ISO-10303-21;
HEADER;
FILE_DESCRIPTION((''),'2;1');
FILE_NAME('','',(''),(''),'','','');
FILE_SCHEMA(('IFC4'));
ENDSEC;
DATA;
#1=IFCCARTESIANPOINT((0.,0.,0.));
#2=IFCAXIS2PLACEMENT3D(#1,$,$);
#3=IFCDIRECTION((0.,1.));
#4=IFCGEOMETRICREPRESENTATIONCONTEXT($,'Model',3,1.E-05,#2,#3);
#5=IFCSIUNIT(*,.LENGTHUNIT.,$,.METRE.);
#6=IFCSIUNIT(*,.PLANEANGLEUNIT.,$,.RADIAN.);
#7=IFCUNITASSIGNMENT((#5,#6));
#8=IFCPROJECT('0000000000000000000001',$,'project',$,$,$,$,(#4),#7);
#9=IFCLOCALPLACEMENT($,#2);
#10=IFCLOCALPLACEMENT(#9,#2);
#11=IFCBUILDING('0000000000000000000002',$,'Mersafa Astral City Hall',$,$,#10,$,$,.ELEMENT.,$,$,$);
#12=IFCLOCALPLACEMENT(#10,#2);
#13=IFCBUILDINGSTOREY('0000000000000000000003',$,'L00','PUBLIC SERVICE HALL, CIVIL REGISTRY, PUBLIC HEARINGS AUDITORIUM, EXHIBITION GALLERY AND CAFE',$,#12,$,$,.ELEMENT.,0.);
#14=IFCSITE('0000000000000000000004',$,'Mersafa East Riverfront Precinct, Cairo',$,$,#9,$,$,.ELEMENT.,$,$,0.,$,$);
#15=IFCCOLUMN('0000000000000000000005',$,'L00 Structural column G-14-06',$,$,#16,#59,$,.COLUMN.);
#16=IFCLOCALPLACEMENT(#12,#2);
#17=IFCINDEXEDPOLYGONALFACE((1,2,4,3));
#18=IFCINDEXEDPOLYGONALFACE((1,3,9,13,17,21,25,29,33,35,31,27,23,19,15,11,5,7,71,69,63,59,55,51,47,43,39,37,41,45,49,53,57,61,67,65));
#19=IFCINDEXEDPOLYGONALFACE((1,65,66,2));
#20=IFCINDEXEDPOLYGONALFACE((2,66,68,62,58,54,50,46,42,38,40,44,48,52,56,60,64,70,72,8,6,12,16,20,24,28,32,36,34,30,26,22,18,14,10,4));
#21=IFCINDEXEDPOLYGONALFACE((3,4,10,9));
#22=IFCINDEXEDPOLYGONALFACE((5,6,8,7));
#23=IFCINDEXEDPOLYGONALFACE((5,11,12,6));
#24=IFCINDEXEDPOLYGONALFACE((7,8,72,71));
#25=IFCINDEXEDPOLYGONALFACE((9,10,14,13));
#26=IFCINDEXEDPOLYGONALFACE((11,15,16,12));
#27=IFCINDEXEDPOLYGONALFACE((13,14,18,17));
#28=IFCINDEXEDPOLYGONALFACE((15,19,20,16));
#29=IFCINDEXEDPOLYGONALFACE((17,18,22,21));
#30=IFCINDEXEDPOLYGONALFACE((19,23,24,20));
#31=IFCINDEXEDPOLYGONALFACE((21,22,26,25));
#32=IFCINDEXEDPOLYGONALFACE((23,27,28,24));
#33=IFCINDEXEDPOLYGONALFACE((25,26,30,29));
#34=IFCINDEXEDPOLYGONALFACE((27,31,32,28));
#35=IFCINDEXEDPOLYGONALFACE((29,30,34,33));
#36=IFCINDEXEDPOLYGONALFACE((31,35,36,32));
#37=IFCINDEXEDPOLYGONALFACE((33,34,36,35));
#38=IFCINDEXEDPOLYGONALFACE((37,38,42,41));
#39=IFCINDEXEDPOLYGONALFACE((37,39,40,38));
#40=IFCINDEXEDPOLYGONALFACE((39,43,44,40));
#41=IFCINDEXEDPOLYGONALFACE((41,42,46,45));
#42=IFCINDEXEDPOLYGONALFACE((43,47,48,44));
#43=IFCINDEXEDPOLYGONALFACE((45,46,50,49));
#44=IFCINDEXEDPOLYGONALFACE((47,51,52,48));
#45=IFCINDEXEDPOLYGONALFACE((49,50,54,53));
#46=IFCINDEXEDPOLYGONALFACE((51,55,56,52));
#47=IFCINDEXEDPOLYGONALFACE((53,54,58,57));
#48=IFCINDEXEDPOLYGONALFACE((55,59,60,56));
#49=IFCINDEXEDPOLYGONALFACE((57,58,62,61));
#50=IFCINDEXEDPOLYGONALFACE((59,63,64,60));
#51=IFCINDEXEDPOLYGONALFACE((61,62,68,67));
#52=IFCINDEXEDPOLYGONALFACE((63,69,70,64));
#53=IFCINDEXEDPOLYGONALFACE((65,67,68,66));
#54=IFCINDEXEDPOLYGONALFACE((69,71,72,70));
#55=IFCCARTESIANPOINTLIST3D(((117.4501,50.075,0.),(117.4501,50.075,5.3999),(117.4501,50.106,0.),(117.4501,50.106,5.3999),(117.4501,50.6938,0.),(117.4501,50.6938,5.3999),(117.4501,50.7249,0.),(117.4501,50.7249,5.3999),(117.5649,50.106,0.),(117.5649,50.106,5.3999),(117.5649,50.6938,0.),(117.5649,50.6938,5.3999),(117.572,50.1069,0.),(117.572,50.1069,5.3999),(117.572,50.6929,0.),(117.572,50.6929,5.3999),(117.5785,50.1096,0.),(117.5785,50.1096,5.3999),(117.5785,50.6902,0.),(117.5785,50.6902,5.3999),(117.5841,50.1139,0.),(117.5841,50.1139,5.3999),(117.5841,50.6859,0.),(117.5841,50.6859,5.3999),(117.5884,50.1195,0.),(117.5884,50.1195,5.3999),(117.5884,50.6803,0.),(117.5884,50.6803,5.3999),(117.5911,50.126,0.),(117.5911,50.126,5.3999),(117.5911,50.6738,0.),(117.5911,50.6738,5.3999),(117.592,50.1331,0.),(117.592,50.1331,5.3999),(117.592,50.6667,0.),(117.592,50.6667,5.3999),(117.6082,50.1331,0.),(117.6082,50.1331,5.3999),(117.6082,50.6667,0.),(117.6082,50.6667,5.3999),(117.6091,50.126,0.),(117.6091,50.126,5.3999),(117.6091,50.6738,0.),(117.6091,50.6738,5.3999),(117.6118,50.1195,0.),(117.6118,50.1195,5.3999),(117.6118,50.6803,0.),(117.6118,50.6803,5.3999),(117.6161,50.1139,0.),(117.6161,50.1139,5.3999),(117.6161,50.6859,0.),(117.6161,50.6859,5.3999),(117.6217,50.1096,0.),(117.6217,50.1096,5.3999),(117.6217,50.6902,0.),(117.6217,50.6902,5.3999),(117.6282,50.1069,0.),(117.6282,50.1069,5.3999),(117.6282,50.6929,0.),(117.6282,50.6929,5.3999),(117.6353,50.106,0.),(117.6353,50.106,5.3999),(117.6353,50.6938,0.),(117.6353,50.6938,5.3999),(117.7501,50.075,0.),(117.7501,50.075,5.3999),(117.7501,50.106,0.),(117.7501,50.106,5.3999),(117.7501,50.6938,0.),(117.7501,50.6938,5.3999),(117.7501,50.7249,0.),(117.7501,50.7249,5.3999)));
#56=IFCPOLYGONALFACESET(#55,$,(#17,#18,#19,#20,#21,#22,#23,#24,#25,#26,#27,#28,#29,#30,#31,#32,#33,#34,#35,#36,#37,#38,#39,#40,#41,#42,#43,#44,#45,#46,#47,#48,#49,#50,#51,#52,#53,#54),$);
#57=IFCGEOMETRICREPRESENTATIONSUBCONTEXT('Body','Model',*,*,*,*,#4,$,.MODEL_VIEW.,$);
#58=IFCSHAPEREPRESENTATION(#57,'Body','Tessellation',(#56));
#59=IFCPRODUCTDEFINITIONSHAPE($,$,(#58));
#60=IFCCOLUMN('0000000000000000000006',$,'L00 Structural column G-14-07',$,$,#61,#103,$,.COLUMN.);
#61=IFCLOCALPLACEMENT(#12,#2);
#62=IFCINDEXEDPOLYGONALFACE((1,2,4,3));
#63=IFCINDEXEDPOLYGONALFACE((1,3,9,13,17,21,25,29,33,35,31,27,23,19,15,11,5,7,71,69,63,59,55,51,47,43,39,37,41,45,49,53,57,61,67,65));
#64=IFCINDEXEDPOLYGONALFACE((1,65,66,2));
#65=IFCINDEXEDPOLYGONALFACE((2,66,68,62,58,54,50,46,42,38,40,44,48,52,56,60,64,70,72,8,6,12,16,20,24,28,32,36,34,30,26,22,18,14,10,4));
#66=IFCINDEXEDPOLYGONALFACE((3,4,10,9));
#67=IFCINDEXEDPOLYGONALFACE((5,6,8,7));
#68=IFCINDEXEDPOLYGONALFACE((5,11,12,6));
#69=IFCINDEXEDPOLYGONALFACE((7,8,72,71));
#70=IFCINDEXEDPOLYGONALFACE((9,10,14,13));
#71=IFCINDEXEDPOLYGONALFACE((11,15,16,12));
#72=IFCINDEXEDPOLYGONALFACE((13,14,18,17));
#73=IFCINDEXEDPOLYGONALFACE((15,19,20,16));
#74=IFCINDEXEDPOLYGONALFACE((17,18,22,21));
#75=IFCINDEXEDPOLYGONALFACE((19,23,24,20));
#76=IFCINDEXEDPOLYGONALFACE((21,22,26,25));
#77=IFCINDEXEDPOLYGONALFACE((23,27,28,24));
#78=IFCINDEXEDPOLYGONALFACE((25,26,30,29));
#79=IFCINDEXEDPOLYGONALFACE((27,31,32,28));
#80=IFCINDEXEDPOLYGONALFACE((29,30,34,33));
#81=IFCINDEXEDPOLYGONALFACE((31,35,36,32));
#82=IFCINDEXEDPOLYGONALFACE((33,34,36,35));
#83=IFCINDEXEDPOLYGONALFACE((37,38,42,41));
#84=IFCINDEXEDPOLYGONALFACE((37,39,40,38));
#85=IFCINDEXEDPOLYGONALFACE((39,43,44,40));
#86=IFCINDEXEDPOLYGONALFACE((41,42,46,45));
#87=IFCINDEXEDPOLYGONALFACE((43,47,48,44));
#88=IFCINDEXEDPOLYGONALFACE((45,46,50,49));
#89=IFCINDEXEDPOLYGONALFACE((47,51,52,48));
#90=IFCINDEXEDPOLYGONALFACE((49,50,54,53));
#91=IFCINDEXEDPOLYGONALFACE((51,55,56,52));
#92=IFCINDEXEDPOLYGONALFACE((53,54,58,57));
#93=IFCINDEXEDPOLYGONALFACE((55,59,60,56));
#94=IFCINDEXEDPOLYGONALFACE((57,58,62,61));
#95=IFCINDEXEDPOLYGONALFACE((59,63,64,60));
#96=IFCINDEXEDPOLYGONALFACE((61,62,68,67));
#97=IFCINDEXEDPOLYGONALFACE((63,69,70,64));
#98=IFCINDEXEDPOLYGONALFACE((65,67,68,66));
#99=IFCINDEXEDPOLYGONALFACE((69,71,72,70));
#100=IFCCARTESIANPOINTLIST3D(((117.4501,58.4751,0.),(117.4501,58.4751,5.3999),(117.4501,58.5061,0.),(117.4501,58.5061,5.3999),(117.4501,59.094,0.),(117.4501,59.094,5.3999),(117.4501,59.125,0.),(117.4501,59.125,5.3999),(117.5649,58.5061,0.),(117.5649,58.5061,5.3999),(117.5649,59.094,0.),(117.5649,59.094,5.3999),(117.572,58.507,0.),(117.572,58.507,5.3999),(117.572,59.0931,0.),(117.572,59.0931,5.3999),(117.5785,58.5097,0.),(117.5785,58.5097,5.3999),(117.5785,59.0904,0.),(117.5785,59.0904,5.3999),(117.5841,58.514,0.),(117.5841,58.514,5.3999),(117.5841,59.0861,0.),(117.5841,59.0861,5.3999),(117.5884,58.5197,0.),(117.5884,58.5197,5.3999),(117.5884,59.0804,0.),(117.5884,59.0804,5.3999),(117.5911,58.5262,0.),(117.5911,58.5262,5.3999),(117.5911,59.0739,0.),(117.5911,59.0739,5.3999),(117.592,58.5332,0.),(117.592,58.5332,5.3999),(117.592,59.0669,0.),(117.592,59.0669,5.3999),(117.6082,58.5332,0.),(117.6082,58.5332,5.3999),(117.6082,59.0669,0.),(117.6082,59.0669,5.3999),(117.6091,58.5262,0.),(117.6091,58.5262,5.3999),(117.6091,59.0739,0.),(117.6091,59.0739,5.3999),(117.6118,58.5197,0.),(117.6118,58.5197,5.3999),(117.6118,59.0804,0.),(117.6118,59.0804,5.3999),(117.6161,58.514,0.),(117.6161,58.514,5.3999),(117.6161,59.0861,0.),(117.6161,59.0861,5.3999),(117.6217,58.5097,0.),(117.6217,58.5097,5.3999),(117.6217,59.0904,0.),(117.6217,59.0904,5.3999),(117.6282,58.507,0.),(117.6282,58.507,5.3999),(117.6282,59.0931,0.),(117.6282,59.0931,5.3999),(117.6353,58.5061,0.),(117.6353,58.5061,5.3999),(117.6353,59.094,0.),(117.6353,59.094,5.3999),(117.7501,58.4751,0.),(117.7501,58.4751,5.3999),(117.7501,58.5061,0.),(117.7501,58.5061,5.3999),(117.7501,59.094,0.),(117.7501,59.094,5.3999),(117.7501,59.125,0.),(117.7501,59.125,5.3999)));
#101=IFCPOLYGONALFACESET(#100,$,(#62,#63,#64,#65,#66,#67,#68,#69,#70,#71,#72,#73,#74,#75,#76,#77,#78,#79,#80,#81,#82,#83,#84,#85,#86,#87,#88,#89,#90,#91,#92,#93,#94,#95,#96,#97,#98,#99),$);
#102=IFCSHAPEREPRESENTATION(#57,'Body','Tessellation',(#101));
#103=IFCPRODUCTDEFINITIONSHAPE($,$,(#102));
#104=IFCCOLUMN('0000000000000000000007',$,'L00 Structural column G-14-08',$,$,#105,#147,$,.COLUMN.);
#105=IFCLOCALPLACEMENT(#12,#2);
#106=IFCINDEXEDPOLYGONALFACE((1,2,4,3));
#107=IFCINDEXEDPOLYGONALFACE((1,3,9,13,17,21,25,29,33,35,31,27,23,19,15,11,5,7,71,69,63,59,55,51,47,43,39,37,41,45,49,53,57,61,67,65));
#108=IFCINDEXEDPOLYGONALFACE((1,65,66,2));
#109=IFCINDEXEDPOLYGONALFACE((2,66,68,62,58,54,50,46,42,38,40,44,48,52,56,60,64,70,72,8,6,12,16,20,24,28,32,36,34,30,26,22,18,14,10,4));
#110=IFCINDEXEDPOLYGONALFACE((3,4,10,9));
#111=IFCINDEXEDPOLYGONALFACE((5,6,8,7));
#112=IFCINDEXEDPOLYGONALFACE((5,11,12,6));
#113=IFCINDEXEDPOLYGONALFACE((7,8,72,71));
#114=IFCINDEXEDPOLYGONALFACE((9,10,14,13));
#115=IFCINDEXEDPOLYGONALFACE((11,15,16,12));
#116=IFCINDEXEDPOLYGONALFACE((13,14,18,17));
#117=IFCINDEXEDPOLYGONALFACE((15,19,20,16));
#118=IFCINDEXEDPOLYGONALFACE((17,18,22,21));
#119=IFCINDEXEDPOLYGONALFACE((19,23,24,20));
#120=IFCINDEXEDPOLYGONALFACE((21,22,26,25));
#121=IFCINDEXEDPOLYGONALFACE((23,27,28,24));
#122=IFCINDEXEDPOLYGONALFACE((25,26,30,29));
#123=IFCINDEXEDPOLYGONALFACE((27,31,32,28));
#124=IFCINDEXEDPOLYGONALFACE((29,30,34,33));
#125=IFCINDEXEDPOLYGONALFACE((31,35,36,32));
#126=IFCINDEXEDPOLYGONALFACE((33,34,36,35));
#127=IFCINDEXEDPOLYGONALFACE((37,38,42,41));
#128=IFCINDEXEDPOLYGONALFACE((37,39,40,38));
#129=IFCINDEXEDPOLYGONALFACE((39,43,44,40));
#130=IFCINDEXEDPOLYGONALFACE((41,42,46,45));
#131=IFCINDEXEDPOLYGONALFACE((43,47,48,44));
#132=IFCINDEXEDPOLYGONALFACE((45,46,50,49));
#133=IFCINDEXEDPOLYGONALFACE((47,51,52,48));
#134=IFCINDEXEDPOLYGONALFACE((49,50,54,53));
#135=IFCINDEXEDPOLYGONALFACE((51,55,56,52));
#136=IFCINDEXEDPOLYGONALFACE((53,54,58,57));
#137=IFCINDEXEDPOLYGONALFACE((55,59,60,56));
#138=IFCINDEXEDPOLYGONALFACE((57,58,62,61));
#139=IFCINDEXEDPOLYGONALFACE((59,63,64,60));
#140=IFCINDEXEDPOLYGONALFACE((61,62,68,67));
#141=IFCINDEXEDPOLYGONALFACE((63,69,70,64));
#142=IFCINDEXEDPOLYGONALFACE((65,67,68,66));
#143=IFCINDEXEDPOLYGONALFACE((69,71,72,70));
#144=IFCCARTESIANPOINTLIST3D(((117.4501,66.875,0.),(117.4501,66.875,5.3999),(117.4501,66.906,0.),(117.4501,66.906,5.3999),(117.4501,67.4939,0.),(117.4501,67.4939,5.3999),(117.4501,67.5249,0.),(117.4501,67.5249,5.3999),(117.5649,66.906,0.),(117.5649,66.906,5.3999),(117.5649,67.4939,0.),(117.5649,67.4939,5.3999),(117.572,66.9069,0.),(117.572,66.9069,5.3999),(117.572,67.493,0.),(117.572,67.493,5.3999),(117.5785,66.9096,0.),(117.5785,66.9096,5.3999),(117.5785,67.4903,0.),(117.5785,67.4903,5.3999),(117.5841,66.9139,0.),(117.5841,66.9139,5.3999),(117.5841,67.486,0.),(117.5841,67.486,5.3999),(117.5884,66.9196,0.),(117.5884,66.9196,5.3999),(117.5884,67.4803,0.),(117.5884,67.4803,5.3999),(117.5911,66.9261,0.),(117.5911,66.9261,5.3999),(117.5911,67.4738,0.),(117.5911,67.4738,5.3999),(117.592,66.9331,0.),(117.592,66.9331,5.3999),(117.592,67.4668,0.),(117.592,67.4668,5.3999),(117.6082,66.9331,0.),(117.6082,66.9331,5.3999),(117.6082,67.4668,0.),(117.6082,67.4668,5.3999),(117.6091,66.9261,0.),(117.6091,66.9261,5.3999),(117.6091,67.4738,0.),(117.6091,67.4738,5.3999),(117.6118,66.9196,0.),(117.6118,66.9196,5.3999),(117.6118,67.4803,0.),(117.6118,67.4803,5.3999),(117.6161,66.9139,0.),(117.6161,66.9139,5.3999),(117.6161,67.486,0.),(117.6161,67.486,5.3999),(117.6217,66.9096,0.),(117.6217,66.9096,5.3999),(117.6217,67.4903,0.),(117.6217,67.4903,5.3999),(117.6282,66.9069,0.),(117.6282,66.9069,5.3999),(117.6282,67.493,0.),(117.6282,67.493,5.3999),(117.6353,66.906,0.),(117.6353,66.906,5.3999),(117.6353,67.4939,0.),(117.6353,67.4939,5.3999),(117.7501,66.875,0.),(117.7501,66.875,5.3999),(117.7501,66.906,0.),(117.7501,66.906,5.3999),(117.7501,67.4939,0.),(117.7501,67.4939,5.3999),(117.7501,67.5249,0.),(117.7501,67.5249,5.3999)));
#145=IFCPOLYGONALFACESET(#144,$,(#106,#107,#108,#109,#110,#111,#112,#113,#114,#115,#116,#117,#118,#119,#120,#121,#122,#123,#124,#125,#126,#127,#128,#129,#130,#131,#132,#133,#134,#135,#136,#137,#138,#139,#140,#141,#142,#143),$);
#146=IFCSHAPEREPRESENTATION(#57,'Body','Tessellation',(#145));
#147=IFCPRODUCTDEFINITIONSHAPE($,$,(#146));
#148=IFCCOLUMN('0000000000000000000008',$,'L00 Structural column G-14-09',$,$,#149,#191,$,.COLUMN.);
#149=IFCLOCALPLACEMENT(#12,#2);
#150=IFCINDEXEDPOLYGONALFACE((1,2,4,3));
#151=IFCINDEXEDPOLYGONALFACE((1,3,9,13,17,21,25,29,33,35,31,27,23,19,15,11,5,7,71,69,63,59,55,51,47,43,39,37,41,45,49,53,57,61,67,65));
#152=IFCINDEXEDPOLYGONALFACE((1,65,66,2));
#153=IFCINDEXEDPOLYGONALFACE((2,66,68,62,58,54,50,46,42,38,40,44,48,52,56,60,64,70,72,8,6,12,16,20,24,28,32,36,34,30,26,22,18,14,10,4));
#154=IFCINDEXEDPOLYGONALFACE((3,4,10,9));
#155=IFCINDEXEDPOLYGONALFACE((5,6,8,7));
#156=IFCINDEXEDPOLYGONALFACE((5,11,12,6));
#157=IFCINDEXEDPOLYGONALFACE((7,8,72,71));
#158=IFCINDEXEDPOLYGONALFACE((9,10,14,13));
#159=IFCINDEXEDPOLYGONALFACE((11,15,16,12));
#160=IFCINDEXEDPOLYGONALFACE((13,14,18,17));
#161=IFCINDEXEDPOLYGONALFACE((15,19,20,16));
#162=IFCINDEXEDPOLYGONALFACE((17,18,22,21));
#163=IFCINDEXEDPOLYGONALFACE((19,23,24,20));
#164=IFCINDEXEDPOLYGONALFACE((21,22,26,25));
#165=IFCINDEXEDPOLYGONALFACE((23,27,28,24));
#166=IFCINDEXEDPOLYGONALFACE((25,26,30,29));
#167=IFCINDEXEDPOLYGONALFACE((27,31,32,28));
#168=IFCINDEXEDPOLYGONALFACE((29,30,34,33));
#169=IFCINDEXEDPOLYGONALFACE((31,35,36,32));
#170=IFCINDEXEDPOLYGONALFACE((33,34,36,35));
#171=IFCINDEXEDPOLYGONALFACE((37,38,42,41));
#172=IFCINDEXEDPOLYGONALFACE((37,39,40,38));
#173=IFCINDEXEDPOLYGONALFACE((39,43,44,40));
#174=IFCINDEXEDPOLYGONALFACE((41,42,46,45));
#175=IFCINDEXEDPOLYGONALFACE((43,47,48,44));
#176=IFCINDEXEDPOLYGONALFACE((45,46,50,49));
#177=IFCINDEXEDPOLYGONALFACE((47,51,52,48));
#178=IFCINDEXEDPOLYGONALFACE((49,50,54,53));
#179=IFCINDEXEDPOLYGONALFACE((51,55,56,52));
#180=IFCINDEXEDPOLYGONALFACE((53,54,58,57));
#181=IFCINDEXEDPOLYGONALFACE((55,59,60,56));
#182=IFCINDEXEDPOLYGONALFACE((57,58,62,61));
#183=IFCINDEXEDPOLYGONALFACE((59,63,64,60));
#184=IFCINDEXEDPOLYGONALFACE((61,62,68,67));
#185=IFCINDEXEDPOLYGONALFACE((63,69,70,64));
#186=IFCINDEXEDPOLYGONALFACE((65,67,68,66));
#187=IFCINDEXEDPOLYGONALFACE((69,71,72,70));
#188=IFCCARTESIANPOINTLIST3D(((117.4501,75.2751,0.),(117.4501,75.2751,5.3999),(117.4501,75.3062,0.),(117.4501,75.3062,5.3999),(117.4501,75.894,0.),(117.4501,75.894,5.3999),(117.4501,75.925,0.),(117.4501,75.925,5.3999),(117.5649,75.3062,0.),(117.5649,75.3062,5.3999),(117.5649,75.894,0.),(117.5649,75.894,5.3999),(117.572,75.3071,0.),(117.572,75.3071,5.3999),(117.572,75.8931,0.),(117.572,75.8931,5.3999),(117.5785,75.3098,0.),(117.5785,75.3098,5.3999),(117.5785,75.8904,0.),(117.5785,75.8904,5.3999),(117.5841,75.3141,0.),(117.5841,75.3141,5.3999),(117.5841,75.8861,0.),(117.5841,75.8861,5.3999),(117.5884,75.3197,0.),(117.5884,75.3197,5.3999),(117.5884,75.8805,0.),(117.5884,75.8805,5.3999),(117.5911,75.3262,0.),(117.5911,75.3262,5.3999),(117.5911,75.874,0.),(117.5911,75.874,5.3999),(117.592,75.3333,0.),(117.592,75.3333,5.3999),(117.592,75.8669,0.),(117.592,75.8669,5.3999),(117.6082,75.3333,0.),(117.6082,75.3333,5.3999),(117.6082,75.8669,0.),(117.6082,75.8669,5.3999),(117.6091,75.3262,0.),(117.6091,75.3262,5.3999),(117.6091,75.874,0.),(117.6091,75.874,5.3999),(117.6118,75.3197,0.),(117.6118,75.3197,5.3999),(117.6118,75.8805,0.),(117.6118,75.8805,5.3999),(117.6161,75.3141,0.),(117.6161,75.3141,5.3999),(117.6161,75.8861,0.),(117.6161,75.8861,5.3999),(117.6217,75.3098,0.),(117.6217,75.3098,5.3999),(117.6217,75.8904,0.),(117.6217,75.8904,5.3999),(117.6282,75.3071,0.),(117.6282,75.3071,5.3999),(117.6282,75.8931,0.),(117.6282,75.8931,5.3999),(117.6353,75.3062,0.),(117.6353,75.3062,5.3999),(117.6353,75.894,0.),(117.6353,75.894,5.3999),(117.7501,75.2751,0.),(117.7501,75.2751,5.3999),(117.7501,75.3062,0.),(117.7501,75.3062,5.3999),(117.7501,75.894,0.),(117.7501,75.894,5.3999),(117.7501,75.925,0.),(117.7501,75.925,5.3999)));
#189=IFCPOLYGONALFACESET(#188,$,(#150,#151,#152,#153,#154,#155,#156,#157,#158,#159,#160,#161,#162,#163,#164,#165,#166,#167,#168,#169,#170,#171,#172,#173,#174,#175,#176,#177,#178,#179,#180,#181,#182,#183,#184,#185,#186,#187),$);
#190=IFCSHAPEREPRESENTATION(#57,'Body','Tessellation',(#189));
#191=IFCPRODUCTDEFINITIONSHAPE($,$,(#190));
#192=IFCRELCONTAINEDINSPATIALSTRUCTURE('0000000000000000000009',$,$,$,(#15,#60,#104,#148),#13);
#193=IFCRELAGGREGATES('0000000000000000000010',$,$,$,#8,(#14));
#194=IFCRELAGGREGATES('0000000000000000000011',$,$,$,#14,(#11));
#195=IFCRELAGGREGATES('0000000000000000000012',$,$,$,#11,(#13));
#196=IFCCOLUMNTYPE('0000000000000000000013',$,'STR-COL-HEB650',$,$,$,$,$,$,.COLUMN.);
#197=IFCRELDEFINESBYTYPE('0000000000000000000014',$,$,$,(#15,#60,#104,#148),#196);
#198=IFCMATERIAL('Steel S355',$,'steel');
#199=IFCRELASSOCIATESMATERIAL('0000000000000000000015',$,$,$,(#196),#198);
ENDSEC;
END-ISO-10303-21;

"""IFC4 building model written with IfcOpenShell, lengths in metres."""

from ifc_helpers import new_model, si_unit, direction, frame, origin, origin_2d, place, context, subcontext, project, spatial, i_section, extrude, material, material_profile, profile_set, type_object, element, save


model = new_model("IFC4")

# Units and contexts
model_context = context("Model", 3, precision=1e-05, world=origin(), true_north=direction((0.0, 1.0)))
body_context = subcontext(model_context, "Body", "Model", "MODEL_VIEW")
ifc_project = project(units=[si_unit("LENGTHUNIT", "METRE"), si_unit("PLANEANGLEUNIT", "RADIAN")], contexts=[model_context])

# Site, building, storey
site_placement = place(None, origin())
site = spatial("IfcSite", under=ifc_project, at=site_placement, Name="Mersafa East Riverfront Precinct, Cairo", CompositionType="ELEMENT", RefElevation=0.0)
building_placement = place(site_placement, origin())
building = spatial("IfcBuilding", under=site, at=building_placement, Name="Mersafa Astral City Hall", CompositionType="ELEMENT")
storey_placement = place(building_placement, origin())
storey = spatial("IfcBuildingStorey", under=building, at=storey_placement, Name="L00", Description="PUBLIC SERVICE HALL, CIVIL REGISTRY, PUBLIC HEARINGS AUDITORIUM, EXHIBITION GALLERY AND CAFE", CompositionType="ELEMENT", Elevation=0.0)

# Columns
ifc_material_1 = material(Name="Steel S355", Category="steel")
ifc_material_profile_1 = material_profile(ifc_material_1, i_section(OverallWidth=0.3, OverallDepth=0.6499, WebThickness=0.0161, FlangeThickness=0.031, FilletRadius=0.0271, at=origin_2d()), Name="HEB 650")
ifc_profile_set_1 = profile_set([ifc_material_profile_1], Name="Steel S355")
column_type = type_object("IfcColumnType", Name="STR-COL-HEB650", PredefinedType="COLUMN", material=ifc_profile_set_1)
for number, where, z_axis, x_axis, name in (
    (1, (117.6001, 50.3999, 0.0), (0.0, 0.0, 1.0), (1.0, 0.0, 0.0), "L00 Structural column G-14-06"),
    (2, (117.6001, 58.8, 0.0), (0.0, 0.0, 1.0), (1.0, 0.0, 0.0), "L00 Structural column G-14-07"),
    (3, (117.6001, 67.2, 0.0), (0.0, 0.0, 1.0), (1.0, 0.0, 0.0), "L00 Structural column G-14-08"),
    (4, (117.6001, 75.6001, 0.0), (0.0, 0.0, 1.0), (1.0, 0.0, 0.0), "L00 Structural column G-14-09"),
):
    element("IfcColumn", number, at=place(storey_placement, frame(where, z_axis=z_axis, x_axis=x_axis)), inside=storey, type_object=column_type, Name=name, PredefinedType="COLUMN", context=body_context, shape_type="SweptSolid", body=[
        extrude(i_section(OverallWidth=0.3, OverallDepth=0.6499, WebThickness=0.0161, FlangeThickness=0.031, FilletRadius=0.0271, at=origin_2d()), origin(), (0.0, 0.0, 1.0), 5.3999),
    ])

save(model, "model.ifc")
